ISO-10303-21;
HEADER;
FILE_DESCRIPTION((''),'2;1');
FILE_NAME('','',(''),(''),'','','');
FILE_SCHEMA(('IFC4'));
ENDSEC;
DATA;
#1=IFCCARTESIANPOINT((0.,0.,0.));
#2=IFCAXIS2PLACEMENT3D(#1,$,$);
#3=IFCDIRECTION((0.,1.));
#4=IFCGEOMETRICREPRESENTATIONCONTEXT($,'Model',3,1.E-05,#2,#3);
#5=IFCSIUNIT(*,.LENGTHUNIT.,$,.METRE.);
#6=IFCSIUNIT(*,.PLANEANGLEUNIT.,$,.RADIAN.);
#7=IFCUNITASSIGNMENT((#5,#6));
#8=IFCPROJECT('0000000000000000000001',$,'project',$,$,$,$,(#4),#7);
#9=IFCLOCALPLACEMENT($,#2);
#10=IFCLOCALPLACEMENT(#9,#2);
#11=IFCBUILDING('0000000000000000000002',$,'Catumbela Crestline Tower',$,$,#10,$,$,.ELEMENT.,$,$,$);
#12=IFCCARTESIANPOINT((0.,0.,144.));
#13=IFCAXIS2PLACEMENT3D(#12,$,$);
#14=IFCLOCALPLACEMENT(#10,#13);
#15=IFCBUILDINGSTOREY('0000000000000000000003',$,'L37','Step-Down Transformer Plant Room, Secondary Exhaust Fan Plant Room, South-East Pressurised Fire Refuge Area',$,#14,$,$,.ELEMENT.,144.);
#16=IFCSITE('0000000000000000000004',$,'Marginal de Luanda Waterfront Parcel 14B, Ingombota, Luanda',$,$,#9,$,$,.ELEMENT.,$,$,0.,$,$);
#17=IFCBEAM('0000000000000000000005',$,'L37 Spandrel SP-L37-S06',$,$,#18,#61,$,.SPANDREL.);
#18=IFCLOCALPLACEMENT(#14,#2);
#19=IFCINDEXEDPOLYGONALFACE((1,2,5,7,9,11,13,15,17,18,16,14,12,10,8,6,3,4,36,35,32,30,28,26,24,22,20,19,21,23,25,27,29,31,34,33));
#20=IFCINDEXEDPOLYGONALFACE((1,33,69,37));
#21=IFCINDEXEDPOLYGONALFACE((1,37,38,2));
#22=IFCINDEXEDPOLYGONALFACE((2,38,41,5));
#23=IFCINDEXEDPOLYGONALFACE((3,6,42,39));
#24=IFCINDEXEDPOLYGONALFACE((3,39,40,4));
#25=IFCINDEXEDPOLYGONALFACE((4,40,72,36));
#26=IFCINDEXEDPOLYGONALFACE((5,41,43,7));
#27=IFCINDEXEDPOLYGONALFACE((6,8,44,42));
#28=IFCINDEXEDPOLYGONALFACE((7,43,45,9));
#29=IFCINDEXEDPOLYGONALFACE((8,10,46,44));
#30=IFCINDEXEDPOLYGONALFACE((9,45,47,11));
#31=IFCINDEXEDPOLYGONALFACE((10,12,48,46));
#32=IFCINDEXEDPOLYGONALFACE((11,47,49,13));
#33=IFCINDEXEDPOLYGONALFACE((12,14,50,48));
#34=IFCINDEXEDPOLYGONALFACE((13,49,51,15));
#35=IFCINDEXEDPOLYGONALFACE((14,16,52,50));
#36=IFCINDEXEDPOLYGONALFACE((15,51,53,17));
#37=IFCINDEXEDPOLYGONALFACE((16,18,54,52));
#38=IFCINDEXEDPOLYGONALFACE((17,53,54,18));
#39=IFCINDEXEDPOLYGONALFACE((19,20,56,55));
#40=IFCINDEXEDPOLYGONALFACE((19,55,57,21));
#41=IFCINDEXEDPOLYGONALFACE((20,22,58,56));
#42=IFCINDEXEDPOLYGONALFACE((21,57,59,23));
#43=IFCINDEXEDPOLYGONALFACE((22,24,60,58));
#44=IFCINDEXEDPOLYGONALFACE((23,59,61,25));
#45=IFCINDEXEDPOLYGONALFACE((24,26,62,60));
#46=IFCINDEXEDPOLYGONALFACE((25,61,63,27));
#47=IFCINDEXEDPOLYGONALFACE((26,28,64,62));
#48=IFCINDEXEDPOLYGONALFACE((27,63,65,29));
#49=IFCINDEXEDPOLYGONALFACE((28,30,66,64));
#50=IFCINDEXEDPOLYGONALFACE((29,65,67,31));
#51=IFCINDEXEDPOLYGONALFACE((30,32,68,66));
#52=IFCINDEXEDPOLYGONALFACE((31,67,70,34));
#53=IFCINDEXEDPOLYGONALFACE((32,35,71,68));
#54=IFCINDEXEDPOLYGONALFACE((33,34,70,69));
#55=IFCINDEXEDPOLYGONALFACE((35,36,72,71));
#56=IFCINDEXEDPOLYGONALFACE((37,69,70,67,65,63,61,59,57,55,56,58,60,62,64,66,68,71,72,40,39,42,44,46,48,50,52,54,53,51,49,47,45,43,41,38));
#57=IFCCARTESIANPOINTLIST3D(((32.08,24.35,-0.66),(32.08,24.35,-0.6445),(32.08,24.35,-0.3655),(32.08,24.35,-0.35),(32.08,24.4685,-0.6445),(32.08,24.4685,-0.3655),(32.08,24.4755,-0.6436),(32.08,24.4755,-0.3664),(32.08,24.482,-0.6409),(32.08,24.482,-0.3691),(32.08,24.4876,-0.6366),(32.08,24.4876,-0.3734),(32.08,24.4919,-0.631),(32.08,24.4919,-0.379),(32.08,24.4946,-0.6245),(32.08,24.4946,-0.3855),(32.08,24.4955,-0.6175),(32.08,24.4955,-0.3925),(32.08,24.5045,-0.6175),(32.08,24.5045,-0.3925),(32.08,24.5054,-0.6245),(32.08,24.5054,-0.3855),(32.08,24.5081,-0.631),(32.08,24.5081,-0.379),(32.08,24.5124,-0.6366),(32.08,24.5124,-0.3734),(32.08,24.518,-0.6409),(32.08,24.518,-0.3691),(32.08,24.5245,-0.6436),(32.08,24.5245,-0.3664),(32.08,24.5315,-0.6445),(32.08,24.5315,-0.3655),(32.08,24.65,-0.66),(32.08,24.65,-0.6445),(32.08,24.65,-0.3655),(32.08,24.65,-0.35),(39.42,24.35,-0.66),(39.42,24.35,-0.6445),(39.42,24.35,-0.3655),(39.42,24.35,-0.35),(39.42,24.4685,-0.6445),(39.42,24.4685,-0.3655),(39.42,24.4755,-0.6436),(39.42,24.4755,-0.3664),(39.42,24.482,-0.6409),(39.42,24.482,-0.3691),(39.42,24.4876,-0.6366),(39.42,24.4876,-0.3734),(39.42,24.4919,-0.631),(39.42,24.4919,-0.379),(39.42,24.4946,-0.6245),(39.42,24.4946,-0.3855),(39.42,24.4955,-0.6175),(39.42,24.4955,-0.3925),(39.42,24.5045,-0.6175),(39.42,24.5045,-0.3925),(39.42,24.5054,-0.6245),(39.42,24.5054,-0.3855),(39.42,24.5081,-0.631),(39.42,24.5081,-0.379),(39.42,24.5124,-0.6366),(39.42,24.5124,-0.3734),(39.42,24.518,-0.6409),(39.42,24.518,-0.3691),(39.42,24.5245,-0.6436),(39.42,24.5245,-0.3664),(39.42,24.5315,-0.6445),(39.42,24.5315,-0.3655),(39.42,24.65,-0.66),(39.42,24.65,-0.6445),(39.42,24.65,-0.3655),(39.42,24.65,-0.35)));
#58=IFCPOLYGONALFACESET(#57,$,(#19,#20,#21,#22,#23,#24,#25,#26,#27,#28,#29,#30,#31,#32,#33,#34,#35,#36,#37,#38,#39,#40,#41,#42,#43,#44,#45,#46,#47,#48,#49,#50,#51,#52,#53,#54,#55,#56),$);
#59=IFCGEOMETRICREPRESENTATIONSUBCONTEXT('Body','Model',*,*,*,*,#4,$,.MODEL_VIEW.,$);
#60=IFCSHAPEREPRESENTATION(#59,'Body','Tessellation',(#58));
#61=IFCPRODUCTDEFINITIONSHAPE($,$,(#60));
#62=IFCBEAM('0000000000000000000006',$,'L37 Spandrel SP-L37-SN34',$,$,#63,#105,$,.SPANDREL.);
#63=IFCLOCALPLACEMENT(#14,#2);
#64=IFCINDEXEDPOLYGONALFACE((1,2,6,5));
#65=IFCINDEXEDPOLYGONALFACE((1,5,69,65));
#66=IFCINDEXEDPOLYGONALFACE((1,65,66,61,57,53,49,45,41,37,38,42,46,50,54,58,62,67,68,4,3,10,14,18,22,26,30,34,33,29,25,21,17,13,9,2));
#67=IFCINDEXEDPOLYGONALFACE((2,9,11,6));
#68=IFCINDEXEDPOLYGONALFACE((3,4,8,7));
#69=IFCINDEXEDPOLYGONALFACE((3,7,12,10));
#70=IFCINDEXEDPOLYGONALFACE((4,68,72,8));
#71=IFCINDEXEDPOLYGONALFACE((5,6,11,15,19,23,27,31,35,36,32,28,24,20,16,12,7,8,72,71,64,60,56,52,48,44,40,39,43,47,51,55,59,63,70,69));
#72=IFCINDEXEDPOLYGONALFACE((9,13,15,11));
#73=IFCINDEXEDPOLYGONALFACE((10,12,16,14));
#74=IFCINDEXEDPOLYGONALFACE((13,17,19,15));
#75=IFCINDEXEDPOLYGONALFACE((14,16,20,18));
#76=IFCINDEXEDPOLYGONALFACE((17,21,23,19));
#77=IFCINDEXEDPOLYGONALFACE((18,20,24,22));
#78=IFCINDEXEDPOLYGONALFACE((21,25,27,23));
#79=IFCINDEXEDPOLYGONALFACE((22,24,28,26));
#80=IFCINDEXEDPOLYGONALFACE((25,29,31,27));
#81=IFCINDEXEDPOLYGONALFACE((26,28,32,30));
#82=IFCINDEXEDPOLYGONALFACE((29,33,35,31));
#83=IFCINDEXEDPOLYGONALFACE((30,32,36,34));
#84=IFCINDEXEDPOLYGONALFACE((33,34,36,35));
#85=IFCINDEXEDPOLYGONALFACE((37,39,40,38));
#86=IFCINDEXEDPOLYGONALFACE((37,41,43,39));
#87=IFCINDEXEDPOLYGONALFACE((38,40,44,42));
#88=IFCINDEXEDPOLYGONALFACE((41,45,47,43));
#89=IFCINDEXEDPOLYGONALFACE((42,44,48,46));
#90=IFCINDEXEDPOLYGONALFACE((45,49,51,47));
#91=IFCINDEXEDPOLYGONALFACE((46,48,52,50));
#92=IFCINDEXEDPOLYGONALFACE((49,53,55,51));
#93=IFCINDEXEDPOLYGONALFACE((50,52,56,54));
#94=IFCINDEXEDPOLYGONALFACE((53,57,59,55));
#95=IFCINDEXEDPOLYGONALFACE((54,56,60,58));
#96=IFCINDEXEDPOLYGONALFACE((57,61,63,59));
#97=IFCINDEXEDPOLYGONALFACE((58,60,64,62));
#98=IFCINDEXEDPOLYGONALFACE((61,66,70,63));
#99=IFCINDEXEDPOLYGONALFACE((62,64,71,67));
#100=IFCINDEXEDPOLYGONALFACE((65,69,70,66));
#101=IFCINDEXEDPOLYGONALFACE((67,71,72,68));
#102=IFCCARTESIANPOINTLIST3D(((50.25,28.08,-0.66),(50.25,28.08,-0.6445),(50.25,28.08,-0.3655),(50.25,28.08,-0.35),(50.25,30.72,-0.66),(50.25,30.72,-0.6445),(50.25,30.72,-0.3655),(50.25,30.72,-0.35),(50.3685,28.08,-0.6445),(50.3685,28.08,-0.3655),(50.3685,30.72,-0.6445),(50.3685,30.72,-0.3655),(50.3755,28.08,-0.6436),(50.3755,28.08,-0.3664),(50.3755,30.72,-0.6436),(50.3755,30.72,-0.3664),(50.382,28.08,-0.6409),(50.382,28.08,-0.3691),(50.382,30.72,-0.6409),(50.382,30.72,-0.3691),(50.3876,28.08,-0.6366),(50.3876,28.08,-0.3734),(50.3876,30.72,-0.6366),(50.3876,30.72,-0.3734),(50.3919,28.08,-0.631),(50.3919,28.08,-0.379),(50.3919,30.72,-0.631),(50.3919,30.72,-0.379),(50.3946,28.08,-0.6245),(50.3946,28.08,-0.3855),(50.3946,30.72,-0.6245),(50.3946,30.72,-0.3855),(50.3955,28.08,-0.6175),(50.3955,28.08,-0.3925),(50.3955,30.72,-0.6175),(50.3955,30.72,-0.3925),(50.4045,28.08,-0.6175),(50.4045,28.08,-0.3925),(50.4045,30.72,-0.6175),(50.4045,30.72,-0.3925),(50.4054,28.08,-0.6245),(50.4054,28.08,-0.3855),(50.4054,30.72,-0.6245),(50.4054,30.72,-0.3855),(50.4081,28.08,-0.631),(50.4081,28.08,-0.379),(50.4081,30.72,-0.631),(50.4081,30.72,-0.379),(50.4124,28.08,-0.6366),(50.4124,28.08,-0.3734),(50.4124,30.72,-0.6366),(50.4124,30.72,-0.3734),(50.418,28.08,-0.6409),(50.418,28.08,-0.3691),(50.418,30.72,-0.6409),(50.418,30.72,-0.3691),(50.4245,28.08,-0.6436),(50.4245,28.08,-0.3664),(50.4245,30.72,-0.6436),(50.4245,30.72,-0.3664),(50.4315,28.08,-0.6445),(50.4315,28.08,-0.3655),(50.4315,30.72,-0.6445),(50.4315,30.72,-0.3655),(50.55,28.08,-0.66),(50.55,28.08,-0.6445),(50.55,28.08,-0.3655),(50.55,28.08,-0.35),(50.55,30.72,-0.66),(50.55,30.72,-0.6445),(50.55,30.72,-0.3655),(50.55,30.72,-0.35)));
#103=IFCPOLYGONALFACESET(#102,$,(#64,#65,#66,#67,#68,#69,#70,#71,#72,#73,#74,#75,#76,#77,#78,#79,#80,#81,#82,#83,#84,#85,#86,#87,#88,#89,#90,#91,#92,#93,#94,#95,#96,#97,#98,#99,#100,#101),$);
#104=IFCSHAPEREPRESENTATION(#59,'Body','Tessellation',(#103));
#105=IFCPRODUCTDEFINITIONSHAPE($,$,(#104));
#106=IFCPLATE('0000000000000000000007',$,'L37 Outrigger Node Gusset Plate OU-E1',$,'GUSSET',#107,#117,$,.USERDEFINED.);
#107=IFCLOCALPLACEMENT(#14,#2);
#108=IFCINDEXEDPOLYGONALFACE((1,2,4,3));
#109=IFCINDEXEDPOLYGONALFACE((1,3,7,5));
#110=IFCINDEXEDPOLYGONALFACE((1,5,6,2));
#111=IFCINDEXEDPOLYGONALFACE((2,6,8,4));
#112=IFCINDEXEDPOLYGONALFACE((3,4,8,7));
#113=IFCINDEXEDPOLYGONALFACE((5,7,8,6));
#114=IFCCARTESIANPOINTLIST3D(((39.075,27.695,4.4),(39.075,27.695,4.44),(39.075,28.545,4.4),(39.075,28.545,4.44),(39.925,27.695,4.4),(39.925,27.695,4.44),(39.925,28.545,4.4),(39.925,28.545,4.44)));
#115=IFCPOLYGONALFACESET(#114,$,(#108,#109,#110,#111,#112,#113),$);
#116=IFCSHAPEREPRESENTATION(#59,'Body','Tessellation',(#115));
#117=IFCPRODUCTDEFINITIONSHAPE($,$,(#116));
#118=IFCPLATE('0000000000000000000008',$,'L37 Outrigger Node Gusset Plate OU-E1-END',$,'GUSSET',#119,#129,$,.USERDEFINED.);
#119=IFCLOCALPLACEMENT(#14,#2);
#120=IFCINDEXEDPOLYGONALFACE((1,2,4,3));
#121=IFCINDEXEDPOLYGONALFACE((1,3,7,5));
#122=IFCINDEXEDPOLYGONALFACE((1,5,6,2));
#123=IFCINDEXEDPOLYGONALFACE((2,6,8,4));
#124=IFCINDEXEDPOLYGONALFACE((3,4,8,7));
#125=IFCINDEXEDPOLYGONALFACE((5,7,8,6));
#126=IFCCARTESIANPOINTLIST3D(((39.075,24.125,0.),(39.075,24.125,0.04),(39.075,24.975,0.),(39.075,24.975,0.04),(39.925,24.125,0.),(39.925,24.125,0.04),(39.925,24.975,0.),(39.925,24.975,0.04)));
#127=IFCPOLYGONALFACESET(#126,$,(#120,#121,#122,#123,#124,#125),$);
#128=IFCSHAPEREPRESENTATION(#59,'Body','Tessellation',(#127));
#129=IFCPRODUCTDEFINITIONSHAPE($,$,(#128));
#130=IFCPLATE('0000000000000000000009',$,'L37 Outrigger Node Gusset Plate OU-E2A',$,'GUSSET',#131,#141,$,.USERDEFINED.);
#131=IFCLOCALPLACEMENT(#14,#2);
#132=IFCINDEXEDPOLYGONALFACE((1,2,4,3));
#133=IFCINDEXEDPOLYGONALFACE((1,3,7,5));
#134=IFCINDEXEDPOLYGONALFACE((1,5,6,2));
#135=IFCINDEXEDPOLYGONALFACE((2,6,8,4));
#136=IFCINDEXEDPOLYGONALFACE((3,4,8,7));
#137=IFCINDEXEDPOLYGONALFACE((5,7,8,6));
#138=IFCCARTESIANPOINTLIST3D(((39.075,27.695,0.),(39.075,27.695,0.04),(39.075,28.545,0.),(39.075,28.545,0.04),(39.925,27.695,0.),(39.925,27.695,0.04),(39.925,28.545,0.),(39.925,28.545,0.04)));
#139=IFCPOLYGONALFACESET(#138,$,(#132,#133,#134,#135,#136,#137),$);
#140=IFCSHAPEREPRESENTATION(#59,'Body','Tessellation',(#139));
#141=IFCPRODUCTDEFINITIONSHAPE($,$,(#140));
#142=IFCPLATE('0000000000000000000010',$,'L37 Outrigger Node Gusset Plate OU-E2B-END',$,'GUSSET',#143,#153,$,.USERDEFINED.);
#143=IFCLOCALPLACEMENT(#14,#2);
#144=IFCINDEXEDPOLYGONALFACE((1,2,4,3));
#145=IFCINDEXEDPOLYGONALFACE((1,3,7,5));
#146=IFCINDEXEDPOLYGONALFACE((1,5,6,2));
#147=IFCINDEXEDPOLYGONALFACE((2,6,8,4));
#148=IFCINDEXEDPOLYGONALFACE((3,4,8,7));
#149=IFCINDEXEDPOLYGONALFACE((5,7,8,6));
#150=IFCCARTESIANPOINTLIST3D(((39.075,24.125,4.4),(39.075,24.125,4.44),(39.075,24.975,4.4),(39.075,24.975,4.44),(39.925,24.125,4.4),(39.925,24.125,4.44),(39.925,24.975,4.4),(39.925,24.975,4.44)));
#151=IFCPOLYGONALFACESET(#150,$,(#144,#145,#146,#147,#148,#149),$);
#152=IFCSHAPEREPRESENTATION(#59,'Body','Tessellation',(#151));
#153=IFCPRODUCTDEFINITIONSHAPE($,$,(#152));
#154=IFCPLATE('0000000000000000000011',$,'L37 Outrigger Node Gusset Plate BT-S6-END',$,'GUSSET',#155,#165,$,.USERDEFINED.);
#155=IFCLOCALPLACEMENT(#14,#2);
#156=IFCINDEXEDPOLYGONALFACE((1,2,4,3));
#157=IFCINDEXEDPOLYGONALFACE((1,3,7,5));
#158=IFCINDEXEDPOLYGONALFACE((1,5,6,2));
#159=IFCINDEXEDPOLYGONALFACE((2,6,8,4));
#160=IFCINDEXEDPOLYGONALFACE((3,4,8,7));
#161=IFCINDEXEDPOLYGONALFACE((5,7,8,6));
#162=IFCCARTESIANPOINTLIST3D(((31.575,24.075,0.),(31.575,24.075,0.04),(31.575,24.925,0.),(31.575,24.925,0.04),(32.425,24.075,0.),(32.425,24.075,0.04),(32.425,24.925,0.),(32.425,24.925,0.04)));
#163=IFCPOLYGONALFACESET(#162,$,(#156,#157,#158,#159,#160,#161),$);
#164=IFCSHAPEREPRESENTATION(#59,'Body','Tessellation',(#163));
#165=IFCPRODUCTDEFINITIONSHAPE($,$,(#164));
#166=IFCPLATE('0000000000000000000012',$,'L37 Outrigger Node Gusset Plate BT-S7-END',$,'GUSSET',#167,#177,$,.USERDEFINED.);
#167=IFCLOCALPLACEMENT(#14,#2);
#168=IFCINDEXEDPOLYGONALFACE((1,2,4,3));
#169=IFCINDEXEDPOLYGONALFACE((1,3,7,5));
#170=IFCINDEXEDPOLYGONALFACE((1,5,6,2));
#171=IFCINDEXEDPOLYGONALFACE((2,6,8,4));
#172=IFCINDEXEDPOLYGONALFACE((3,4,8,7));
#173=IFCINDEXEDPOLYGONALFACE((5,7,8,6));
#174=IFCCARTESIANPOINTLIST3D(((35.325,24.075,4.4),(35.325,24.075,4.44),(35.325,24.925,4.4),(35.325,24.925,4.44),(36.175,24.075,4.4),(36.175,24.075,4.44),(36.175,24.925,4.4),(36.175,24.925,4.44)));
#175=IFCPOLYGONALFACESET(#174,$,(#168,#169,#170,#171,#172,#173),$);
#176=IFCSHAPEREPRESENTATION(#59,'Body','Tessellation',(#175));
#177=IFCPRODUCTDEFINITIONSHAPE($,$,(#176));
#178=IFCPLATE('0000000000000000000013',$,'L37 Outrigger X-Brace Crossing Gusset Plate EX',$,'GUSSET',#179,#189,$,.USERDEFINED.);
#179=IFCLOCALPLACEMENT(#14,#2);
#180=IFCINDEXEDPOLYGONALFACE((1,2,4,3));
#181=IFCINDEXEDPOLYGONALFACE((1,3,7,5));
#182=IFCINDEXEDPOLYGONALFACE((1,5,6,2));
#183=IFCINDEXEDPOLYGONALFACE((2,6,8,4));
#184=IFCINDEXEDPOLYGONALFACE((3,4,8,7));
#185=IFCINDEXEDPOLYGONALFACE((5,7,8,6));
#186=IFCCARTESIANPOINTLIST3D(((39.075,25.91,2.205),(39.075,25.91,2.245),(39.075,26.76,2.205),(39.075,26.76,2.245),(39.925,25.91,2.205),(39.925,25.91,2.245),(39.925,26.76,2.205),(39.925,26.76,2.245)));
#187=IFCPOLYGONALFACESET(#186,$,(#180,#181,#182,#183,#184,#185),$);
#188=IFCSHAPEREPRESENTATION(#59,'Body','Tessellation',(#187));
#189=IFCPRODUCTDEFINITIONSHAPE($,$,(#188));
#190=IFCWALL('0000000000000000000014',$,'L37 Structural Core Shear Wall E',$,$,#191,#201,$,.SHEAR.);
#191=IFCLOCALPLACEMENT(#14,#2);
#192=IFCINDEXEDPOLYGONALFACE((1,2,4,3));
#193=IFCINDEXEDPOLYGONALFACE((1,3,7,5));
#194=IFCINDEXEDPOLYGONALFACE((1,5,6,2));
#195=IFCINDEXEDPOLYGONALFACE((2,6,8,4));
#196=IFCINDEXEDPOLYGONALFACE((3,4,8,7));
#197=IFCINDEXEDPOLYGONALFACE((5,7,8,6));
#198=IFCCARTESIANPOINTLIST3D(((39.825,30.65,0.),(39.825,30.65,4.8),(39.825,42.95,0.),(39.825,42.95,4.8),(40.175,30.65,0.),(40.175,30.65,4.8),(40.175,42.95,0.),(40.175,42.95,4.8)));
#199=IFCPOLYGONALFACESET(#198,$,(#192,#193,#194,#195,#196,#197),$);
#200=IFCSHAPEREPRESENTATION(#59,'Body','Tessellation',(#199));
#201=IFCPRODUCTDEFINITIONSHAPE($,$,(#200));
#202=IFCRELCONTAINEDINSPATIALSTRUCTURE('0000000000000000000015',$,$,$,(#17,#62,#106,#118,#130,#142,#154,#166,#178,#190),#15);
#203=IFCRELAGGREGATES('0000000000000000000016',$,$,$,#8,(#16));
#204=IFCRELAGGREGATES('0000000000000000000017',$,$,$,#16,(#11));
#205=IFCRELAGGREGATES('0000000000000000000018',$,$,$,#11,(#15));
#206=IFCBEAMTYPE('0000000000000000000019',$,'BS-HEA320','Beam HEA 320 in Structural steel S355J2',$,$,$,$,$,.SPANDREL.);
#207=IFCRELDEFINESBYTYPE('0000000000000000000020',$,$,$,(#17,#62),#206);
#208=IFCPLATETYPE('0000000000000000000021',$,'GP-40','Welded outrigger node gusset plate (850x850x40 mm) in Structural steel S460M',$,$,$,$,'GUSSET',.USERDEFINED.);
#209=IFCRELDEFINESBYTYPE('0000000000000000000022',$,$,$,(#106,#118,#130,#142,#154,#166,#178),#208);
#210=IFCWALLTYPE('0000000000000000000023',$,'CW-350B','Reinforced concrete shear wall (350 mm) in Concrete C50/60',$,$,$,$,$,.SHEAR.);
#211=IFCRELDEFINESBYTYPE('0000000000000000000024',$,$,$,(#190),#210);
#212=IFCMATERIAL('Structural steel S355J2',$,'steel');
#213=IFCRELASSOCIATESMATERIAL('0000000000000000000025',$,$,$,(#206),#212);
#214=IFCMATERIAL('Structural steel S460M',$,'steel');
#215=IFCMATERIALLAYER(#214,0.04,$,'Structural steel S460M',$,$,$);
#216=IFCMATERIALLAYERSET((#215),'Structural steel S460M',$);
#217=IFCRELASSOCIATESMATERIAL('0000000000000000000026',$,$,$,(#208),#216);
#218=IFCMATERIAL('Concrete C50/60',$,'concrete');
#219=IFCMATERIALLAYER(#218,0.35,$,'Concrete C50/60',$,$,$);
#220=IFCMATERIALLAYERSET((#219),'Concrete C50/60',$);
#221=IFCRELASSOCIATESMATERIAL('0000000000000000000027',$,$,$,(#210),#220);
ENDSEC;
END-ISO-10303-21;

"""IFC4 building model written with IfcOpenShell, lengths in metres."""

from ifc_helpers import new_model, si_unit, direction, frame, frame_2d, origin, origin_2d, place, context, subcontext, project, spatial, rectangle, i_section, extrude, material, layer, layer_set, material_profile, profile_set, type_object, element, save


model = new_model("IFC4")

# Units and contexts
model_context = context("Model", 3, precision=1e-05, world=origin(), true_north=direction((0.0, 1.0)))
body_context = subcontext(model_context, "Body", "Model", "MODEL_VIEW")
ifc_project = project(units=[si_unit("LENGTHUNIT", "METRE"), si_unit("PLANEANGLEUNIT", "RADIAN")], contexts=[model_context])

# Site, building, storey
site_placement = place(None, origin())
site = spatial("IfcSite", under=ifc_project, at=site_placement, Name="Marginal de Luanda Waterfront Parcel 14B, Ingombota, Luanda", CompositionType="ELEMENT", RefElevation=0.0)
building_placement = place(site_placement, origin())
building = spatial("IfcBuilding", under=site, at=building_placement, Name="Catumbela Crestline Tower", CompositionType="ELEMENT")
storey_placement = place(building_placement, frame((0.0, 0.0, 144.0)))
storey = spatial("IfcBuildingStorey", under=building, at=storey_placement, Name="L37", Description="Step-Down Transformer Plant Room, Secondary Exhaust Fan Plant Room, South-East Pressurised Fire Refuge Area", CompositionType="ELEMENT", Elevation=144.0)

# Shared definitions
ifc_material_1 = material(Name="Concrete C50/60", Category="concrete")
ifc_material_2 = material(Name="Structural steel S460M", Category="steel")

# Shared definitions
ifc_material_3 = material(Name="Structural steel S355J2", Category="steel")

# Beams
ifc_material_profile_1 = material_profile(ifc_material_3, i_section(OverallWidth=0.3, OverallDepth=0.31, WebThickness=0.009, FlangeThickness=0.0155, FilletRadius=0.027, at=origin_2d()), Name="HEA 320")
ifc_profile_set_1 = profile_set([ifc_material_profile_1], Name="Structural steel S355J2")
beam_type_1 = type_object("IfcBeamType", Name="BS-HEA320", Description="Beam HEA 320 in Structural steel S355J2", PredefinedType="SPANDREL", material=ifc_profile_set_1)
beam_1_placement = place(storey_placement, frame((32.08, 24.5, -0.505), z_axis=(1.0, 0.0, 0.0), x_axis=(0.0, 1.0, 0.0)))
element("IfcBeam", 1, at=beam_1_placement, inside=storey, type_object=beam_type_1, Name="L37 Spandrel SP-L37-S06", PredefinedType="SPANDREL", context=body_context, shape_type="SweptSolid", body=[
    extrude(i_section(OverallWidth=0.3, OverallDepth=0.31, WebThickness=0.009, FlangeThickness=0.0155, FilletRadius=0.027, at=origin_2d()), origin(), (0.0, 0.0, 1.0), 7.34),
])
beam_2_placement = place(storey_placement, frame((50.4, 28.08, -0.505), z_axis=(0.0, 1.0, 0.0), x_axis=(-1.0, 0.0, 0.0)))
element("IfcBeam", 2, at=beam_2_placement, inside=storey, type_object=beam_type_1, Name="L37 Spandrel SP-L37-SN34", PredefinedType="SPANDREL", context=body_context, shape_type="SweptSolid", body=[
    extrude(i_section(OverallWidth=0.3, OverallDepth=0.31, WebThickness=0.009, FlangeThickness=0.0155, FilletRadius=0.027, at=origin_2d()), origin(), (0.0, 0.0, 1.0), 2.64),
])

# Plates
ifc_layer_1 = layer(ifc_material_2, 0.04, Name="Structural steel S460M")
ifc_layer_set_1 = layer_set([ifc_layer_1], Name="Structural steel S460M")
plate_type = type_object("IfcPlateType", Name="GP-40", Description="Welded outrigger node gusset plate (850x850x40 mm) in Structural steel S460M", ElementType="GUSSET", PredefinedType="USERDEFINED", material=ifc_layer_set_1)
for number, where, z_axis, x_axis, name in (
    (3, (39.5, 28.12, 4.4), (0.0, 0.0, 1.0), (1.0, 0.0, 0.0), "L37 Outrigger Node Gusset Plate OU-E1"),
    (4, (39.5, 24.55, 0.0), (0.0, 0.0, 1.0), (1.0, 0.0, 0.0), "L37 Outrigger Node Gusset Plate OU-E1-END"),
    (5, (39.5, 28.12, 0.0), (0.0, 0.0, 1.0), (1.0, 0.0, 0.0), "L37 Outrigger Node Gusset Plate OU-E2A"),
    (6, (39.5, 24.55, 4.4), (0.0, 0.0, 1.0), (1.0, 0.0, 0.0), "L37 Outrigger Node Gusset Plate OU-E2B-END"),
    (7, (32.0, 24.5, 0.0), (0.0, 0.0, 1.0), (1.0, 0.0, 0.0), "L37 Outrigger Node Gusset Plate BT-S6-END"),
    (8, (35.75, 24.5, 4.4), (0.0, 0.0, 1.0), (1.0, 0.0, 0.0), "L37 Outrigger Node Gusset Plate BT-S7-END"),
    (9, (39.5, 26.335, 2.205), (0.0, 0.0, 1.0), (1.0, 0.0, 0.0), "L37 Outrigger X-Brace Crossing Gusset Plate EX"),
):
    element("IfcPlate", number, at=place(storey_placement, frame(where, z_axis=z_axis, x_axis=x_axis)), inside=storey, type_object=plate_type, Name=name, ObjectType="GUSSET", PredefinedType="USERDEFINED", context=body_context, shape_type="SweptSolid", body=[
        extrude(rectangle(XDim=0.85, YDim=0.85, at=origin_2d()), origin(), (0.0, 0.0, 1.0), 0.04),
    ])

# Wall
ifc_layer_2 = layer(ifc_material_1, 0.35, Name="Concrete C50/60")
ifc_layer_set_2 = layer_set([ifc_layer_2], Name="Concrete C50/60")
wall_type_1 = type_object("IfcWallType", Name="CW-350B", Description="Reinforced concrete shear wall (350 mm) in Concrete C50/60", PredefinedType="SHEAR", material=ifc_layer_set_2)
wall_1_placement = place(storey_placement, frame((40.0, 30.65, 0.0), z_axis=(0.0, 0.0, 1.0), x_axis=(0.0, 1.0, 0.0)))
element("IfcWall", 10, at=wall_1_placement, inside=storey, type_object=wall_type_1, Name="L37 Structural Core Shear Wall E", PredefinedType="SHEAR", context=body_context, shape_type="SweptSolid", body=[
    extrude(rectangle(XDim=12.3, YDim=0.35, at=frame_2d((6.15, 0.0))), origin(), (0.0, 0.0, 1.0), 4.8),
])

save(model, "model.ifc")
